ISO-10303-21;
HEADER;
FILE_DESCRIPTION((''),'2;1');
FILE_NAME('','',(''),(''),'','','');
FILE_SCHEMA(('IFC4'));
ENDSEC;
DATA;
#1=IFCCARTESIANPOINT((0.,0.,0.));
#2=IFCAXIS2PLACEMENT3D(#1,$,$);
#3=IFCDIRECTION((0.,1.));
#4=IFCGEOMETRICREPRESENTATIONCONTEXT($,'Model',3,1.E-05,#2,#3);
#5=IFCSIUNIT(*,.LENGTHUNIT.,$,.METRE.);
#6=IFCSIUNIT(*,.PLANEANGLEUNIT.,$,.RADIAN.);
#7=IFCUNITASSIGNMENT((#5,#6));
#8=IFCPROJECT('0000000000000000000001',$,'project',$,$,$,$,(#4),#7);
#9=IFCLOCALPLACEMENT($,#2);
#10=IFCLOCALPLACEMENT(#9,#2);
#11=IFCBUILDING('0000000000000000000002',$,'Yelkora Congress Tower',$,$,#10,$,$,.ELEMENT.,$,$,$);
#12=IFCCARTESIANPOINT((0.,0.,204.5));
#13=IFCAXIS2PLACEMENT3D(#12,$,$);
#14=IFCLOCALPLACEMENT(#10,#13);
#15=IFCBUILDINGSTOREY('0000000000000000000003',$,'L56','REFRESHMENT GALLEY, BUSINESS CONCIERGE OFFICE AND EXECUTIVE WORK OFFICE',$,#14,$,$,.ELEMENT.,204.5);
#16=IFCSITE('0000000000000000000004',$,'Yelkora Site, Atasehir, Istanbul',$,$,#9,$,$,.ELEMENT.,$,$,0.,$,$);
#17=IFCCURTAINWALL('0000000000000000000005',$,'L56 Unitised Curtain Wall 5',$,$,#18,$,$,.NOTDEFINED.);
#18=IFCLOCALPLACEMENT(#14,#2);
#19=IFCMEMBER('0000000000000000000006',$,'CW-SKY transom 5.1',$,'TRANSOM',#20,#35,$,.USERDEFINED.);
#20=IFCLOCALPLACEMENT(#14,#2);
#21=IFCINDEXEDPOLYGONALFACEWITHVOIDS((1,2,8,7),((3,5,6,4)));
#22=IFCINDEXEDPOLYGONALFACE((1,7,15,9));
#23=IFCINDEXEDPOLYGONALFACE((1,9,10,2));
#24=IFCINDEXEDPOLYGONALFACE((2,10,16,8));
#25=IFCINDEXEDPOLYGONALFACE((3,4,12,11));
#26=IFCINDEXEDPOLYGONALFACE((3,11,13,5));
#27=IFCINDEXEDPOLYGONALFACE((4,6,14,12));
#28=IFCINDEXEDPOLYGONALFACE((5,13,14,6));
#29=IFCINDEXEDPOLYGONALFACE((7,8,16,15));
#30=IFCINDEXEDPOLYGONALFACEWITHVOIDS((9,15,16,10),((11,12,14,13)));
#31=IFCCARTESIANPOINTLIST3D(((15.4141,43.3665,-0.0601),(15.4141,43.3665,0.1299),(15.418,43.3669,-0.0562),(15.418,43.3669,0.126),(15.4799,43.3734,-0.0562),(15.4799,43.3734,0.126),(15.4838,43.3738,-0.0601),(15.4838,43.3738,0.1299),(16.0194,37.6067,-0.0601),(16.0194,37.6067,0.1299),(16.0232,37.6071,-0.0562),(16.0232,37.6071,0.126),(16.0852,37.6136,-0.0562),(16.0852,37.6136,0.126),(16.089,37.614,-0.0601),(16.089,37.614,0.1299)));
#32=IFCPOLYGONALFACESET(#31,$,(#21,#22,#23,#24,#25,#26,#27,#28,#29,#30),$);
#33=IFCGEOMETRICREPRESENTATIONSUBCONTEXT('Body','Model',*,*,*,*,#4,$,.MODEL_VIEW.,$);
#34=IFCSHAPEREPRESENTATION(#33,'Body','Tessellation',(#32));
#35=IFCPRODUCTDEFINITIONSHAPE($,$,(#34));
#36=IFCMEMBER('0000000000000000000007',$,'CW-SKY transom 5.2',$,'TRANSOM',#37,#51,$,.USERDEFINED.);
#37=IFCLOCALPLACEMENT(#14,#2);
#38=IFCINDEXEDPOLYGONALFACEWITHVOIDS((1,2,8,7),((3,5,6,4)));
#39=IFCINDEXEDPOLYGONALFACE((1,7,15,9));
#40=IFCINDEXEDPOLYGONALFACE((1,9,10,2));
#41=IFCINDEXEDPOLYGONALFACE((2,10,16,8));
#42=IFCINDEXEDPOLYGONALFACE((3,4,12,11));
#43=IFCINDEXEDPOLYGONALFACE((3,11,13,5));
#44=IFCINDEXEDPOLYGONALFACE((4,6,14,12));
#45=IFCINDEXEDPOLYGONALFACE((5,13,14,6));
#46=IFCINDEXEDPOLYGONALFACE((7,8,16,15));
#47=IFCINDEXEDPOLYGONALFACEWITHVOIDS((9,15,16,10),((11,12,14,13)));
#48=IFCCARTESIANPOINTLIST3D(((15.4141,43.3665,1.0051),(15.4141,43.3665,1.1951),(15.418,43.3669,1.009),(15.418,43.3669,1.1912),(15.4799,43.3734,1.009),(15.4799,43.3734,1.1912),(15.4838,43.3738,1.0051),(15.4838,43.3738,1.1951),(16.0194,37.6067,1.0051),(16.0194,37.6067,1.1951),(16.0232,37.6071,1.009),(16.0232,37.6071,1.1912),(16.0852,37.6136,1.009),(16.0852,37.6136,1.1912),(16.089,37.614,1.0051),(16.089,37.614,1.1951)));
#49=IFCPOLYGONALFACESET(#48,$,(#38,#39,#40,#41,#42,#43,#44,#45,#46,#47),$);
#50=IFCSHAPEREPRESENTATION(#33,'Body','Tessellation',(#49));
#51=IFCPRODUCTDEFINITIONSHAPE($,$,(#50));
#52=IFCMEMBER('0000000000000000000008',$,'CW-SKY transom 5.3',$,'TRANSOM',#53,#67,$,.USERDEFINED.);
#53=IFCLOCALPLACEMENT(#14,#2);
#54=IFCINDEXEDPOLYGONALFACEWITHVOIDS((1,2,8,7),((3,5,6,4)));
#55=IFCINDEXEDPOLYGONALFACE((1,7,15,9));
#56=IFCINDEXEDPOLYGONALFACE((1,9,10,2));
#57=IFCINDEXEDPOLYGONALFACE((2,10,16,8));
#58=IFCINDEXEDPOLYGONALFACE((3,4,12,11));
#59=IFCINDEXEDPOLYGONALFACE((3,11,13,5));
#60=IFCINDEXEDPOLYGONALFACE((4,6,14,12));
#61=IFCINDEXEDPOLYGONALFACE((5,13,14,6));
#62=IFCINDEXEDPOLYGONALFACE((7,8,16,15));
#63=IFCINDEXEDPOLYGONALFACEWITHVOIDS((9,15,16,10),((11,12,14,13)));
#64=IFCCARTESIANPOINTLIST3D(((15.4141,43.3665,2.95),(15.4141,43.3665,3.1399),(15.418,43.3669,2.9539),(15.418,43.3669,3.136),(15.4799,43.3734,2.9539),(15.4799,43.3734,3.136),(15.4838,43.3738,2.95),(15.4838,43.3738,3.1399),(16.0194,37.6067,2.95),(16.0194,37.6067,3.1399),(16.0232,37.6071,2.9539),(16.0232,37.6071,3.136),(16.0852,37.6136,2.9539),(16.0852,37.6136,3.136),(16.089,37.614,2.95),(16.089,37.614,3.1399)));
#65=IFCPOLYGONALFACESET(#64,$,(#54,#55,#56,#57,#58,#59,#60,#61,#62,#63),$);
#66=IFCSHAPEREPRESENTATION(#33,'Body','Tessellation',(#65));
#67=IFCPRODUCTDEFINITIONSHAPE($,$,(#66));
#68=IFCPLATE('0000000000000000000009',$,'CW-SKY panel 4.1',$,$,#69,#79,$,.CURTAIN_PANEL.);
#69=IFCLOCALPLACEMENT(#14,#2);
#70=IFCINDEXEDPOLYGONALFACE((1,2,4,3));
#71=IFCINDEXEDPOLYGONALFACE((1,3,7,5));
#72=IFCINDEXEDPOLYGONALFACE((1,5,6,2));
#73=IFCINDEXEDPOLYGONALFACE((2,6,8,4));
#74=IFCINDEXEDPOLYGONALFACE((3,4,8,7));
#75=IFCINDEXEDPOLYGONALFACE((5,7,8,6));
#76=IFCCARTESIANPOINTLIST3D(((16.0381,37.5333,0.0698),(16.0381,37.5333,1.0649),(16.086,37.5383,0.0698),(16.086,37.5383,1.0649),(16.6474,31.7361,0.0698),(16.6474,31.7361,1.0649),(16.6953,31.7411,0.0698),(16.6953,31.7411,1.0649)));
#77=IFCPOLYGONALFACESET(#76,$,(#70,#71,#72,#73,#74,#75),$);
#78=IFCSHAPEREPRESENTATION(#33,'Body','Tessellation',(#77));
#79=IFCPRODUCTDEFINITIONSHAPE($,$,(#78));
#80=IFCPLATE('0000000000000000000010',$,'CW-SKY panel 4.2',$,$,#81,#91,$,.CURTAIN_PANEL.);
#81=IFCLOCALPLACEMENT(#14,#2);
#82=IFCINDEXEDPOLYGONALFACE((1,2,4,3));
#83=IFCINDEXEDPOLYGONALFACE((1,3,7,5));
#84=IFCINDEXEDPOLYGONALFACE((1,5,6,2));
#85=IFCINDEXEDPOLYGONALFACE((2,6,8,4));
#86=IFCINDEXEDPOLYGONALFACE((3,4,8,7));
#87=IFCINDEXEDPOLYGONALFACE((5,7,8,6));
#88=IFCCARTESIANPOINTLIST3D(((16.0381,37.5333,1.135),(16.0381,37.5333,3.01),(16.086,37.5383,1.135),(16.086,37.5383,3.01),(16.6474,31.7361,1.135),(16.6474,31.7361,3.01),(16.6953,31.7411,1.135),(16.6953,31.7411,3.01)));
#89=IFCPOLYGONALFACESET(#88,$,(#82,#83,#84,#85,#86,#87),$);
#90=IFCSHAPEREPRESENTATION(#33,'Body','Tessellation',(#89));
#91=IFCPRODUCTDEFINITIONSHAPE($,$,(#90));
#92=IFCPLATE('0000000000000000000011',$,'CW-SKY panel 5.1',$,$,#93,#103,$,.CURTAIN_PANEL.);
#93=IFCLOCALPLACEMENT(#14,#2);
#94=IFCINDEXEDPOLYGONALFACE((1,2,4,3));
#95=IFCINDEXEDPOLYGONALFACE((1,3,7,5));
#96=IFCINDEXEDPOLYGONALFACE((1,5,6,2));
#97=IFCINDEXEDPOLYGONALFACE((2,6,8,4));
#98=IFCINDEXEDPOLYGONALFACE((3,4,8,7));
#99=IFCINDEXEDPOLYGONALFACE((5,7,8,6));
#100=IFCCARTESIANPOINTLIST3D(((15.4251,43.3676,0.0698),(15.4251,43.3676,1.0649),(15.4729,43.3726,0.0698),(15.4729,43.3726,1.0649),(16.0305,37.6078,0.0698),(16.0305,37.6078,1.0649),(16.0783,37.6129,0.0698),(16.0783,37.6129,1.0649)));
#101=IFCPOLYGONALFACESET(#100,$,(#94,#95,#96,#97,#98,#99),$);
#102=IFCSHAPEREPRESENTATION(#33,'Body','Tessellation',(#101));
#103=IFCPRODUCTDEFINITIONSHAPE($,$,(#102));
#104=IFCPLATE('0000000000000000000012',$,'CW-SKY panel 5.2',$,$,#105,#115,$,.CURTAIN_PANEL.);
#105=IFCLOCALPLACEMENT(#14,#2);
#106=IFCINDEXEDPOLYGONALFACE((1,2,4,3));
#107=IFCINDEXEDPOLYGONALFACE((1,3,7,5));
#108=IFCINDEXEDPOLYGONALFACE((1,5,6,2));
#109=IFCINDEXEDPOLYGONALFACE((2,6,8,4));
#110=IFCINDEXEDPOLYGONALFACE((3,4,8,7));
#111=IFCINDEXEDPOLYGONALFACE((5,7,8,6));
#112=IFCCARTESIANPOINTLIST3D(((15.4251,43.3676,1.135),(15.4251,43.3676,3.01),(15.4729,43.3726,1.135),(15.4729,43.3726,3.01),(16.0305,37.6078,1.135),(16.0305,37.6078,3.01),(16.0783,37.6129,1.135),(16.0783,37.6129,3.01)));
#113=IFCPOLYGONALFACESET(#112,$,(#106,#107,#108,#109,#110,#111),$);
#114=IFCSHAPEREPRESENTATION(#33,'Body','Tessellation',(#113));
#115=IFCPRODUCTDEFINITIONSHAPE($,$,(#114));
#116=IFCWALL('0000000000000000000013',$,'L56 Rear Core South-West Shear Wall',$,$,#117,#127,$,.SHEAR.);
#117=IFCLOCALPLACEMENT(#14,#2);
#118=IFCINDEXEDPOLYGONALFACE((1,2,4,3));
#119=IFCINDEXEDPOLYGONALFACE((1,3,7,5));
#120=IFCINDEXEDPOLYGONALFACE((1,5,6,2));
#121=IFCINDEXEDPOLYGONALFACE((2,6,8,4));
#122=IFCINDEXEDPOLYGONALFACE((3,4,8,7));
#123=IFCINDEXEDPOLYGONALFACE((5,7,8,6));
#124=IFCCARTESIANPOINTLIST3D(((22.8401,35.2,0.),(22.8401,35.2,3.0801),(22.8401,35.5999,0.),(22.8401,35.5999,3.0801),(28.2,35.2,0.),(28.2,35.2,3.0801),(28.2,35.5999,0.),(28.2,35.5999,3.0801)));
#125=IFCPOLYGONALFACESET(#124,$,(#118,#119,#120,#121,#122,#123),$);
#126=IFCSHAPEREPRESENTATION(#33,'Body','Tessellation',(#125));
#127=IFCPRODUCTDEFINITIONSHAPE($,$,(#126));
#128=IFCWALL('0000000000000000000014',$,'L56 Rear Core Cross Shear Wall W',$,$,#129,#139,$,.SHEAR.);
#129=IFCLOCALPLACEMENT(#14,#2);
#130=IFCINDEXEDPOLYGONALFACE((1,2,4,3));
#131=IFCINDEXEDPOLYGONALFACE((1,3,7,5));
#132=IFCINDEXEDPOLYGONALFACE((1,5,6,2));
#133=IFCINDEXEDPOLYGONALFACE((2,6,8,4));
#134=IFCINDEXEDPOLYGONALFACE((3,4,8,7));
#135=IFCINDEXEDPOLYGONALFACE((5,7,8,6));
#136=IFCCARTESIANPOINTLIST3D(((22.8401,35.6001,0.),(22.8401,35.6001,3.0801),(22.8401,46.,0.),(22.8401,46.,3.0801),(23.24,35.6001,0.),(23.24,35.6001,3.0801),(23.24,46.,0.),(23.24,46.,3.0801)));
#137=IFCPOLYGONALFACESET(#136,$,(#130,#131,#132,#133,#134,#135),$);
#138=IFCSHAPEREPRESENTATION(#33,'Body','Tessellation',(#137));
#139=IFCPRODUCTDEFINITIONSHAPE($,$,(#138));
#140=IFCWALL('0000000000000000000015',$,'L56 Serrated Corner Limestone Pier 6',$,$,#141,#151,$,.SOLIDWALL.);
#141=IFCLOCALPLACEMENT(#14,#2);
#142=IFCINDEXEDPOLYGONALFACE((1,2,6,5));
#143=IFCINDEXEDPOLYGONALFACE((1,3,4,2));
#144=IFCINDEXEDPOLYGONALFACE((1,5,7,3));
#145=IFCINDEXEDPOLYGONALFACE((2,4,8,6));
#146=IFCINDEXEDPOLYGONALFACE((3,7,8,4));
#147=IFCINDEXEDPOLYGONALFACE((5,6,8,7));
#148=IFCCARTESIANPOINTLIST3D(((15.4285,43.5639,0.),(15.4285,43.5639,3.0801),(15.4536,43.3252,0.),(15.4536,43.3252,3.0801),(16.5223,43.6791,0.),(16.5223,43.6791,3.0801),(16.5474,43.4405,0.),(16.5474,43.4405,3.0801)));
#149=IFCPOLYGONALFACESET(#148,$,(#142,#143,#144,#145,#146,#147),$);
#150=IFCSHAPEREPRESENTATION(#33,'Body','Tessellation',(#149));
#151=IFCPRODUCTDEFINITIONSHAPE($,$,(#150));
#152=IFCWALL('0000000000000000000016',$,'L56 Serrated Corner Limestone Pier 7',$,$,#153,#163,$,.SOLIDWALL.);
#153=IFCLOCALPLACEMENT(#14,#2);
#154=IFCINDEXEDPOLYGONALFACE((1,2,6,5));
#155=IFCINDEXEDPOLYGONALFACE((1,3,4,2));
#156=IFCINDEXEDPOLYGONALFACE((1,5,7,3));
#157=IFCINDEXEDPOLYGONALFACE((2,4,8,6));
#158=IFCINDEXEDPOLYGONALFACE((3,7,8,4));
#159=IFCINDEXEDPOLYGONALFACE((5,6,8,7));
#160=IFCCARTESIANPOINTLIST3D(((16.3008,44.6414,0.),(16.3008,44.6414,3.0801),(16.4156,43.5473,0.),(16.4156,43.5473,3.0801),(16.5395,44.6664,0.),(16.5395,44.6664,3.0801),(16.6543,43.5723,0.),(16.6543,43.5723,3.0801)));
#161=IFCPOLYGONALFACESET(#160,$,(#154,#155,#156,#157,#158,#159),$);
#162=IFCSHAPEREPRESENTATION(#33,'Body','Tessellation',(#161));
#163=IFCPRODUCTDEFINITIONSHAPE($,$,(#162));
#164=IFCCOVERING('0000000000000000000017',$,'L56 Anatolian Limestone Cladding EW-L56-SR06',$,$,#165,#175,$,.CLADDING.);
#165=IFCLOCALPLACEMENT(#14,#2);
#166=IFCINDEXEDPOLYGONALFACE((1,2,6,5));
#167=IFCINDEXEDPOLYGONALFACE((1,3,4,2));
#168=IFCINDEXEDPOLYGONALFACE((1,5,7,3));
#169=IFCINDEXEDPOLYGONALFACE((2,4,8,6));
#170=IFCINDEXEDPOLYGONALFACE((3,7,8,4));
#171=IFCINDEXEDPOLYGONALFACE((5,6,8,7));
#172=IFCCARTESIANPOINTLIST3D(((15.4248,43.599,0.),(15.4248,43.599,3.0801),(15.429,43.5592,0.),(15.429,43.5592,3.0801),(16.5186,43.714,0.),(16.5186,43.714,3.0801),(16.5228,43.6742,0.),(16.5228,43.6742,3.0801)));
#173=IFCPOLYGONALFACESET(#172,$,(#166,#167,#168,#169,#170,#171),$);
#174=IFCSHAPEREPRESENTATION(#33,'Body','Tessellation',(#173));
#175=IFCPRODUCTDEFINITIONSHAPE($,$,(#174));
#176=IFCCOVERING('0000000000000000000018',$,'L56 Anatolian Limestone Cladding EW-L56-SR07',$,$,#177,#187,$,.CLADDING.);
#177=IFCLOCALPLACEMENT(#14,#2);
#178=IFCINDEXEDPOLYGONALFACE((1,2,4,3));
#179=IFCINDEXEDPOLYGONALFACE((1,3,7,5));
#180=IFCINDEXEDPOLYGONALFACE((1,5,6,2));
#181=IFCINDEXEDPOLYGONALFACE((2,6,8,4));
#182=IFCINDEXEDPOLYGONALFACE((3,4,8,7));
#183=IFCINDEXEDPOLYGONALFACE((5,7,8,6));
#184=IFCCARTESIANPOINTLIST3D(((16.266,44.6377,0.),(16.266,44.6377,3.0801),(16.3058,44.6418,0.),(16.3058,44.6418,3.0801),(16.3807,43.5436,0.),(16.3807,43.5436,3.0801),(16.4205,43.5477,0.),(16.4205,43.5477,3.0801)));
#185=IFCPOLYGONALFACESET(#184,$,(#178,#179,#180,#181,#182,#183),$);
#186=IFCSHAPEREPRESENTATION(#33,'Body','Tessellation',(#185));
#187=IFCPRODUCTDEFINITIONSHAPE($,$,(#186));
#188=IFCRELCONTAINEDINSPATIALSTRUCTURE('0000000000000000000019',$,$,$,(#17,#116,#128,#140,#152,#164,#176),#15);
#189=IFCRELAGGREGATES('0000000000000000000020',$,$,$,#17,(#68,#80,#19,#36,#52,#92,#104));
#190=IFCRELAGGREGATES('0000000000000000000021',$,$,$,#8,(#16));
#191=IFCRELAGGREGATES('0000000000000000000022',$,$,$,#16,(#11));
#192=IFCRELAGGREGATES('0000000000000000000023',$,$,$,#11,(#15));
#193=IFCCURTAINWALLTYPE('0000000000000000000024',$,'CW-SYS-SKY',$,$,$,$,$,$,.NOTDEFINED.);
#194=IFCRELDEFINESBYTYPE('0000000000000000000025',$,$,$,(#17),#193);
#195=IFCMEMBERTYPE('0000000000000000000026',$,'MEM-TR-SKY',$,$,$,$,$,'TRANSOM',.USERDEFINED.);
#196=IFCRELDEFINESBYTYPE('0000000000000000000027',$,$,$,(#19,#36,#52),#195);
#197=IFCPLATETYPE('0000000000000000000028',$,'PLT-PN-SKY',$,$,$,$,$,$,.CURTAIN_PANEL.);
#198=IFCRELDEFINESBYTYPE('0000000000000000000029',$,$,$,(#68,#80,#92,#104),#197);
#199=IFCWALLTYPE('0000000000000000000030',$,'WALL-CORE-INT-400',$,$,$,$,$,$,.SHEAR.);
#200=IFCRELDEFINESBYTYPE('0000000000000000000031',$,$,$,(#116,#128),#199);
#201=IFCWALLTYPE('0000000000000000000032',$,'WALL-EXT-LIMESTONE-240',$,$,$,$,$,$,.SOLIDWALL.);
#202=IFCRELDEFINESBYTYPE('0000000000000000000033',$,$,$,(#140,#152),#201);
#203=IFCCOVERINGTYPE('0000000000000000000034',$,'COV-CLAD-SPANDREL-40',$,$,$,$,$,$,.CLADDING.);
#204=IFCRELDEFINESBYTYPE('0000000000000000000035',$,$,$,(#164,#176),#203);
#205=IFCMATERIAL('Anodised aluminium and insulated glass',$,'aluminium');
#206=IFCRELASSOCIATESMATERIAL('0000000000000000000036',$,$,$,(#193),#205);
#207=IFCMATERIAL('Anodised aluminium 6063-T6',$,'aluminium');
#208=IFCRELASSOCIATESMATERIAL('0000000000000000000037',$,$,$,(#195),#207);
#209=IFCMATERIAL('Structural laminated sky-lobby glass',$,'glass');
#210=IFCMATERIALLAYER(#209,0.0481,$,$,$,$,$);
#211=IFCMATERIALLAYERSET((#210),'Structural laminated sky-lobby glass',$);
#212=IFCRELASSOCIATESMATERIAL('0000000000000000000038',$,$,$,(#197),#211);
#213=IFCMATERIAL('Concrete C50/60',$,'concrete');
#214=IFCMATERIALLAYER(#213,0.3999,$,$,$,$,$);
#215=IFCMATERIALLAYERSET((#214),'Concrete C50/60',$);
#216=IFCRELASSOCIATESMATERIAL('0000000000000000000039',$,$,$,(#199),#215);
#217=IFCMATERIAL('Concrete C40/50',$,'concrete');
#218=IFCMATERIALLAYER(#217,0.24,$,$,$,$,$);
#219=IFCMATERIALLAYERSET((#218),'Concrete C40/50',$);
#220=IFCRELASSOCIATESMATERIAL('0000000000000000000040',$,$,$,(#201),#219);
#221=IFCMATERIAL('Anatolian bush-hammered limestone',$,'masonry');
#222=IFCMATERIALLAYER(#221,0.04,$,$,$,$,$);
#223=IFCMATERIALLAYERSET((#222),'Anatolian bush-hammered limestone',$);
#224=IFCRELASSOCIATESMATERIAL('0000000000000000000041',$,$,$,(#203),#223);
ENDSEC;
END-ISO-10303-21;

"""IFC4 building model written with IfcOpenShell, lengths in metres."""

from ifc_helpers import new_model, si_unit, direction, frame, frame_2d, origin, origin_2d, place, context, subcontext, project, spatial, rectangle, hollow_rectangle, extrude, material, layer, layer_set, material_profile, profile_set, type_object, element, aggregate, save


model = new_model("IFC4")

# Units and contexts
model_context = context("Model", 3, precision=1e-05, world=origin(), true_north=direction((0.0, 1.0)))
body_context = subcontext(model_context, "Body", "Model", "MODEL_VIEW")
ifc_project = project(units=[si_unit("LENGTHUNIT", "METRE"), si_unit("PLANEANGLEUNIT", "RADIAN")], contexts=[model_context])

# Site, building, storey
site_placement = place(None, origin())
site = spatial("IfcSite", under=ifc_project, at=site_placement, Name="Yelkora Site, Atasehir, Istanbul", CompositionType="ELEMENT", RefElevation=0.0)
building_placement = place(site_placement, origin())
building = spatial("IfcBuilding", under=site, at=building_placement, Name="Yelkora Congress Tower", CompositionType="ELEMENT")
storey_placement = place(building_placement, frame((0.0, 0.0, 204.5)))
storey = spatial("IfcBuildingStorey", under=building, at=storey_placement, Name="L56", Description="REFRESHMENT GALLEY, BUSINESS CONCIERGE OFFICE AND EXECUTIVE WORK OFFICE", CompositionType="ELEMENT", Elevation=204.5)

# Curtain wall, members, plates
ifc_material_1 = material(Name="Anodised aluminium and insulated glass", Category="aluminium")
curtain_wall_type = type_object("IfcCurtainWallType", Name="CW-SYS-SKY", PredefinedType="NOTDEFINED", material=ifc_material_1)
curtain_wall_placement = place(storey_placement, origin())
curtain_wall = element("IfcCurtainWall", 1, at=curtain_wall_placement, inside=storey, type_object=curtain_wall_type, Name="L56 Unitised Curtain Wall 5", PredefinedType="NOTDEFINED")
ifc_material_2 = material(Name="Anodised aluminium 6063-T6", Category="aluminium")
ifc_material_profile_1 = material_profile(ifc_material_2, hollow_rectangle(XDim=0.0701, YDim=0.1899, WallThickness=0.0039, at=origin_2d()), Name="ALU 70x190x4")
ifc_profile_set_1 = profile_set([ifc_material_profile_1], Name="Anodised aluminium 6063-T6")
member_type_1 = type_object("IfcMemberType", Name="MEM-TR-SKY", ElementType="TRANSOM", PredefinedType="USERDEFINED", material=ifc_profile_set_1)
member_1_placement = place(storey_placement, frame((16.0542, 37.6104, 0.0349), z_axis=(-0.104503, 0.994525, 0.0), x_axis=(-0.994525, -0.104503, 0.0)))
member_1 = element("IfcMember", 2, at=member_1_placement, type_object=member_type_1, Name="CW-SKY transom 5.1", ObjectType="TRANSOM", PredefinedType="USERDEFINED", context=body_context, shape_type="SweptSolid", body=[
    extrude(hollow_rectangle(XDim=0.0701, YDim=0.1899, WallThickness=0.0039, at=origin_2d()), origin(), (0.0, 0.0, 1.0), 5.7915),
])
member_2_placement = place(storey_placement, frame((16.0542, 37.6104, 1.1001), z_axis=(-0.104503, 0.994525, 0.0), x_axis=(-0.994525, -0.104503, 0.0)))
member_2 = element("IfcMember", 3, at=member_2_placement, type_object=member_type_1, Name="CW-SKY transom 5.2", ObjectType="TRANSOM", PredefinedType="USERDEFINED", context=body_context, shape_type="SweptSolid", body=[
    extrude(hollow_rectangle(XDim=0.0701, YDim=0.1899, WallThickness=0.0039, at=origin_2d()), origin(), (0.0, 0.0, 1.0), 5.7915),
])
member_3_placement = place(storey_placement, frame((16.0542, 37.6104, 3.0449), z_axis=(-0.104503, 0.994525, 0.0), x_axis=(-0.994525, -0.104503, 0.0)))
member_3 = element("IfcMember", 4, at=member_3_placement, type_object=member_type_1, Name="CW-SKY transom 5.3", ObjectType="TRANSOM", PredefinedType="USERDEFINED", context=body_context, shape_type="SweptSolid", body=[
    extrude(hollow_rectangle(XDim=0.0701, YDim=0.1899, WallThickness=0.0039, at=origin_2d()), origin(), (0.0, 0.0, 1.0), 5.7915),
])
ifc_material_3 = material(Name="Structural laminated sky-lobby glass", Category="glass")
ifc_layer_1 = layer(ifc_material_3, 0.0481)
ifc_layer_set_1 = layer_set([ifc_layer_1], Name="Structural laminated sky-lobby glass")
plate_type = type_object("IfcPlateType", Name="PLT-PN-SKY", PredefinedType="CURTAIN_PANEL", material=ifc_layer_set_1)
plate_1_placement = place(storey_placement, frame((16.3667, 34.6372, 0.0698), z_axis=(0.0, 0.0, 1.0), x_axis=(-0.104526, 0.994522, 0.0)))
plate_1 = element("IfcPlate", 5, at=plate_1_placement, type_object=plate_type, Name="CW-SKY panel 4.1", PredefinedType="CURTAIN_PANEL", context=body_context, shape_type="SweptSolid", body=[
    extrude(rectangle(XDim=5.8291, YDim=0.0481, at=origin_2d()), origin(), (0.0, 0.0, 1.0), 0.9951),
])
plate_2_placement = place(storey_placement, frame((16.3667, 34.6372, 1.135), z_axis=(0.0, 0.0, 1.0), x_axis=(-0.104526, 0.994522, 0.0)))
plate_2 = element("IfcPlate", 6, at=plate_2_placement, type_object=plate_type, Name="CW-SKY panel 4.2", PredefinedType="CURTAIN_PANEL", context=body_context, shape_type="SweptSolid", body=[
    extrude(rectangle(XDim=5.8291, YDim=0.0481, at=origin_2d()), origin(), (0.0, 0.0, 1.0), 1.875),
])
plate_3_placement = place(storey_placement, frame((15.7517, 40.4902, 0.0698), z_axis=(0.0, 0.0, 1.0), x_axis=(-0.104526, 0.994522, 0.0)))
plate_3 = element("IfcPlate", 7, at=plate_3_placement, type_object=plate_type, Name="CW-SKY panel 5.1", PredefinedType="CURTAIN_PANEL", context=body_context, shape_type="SweptSolid", body=[
    extrude(rectangle(XDim=5.7915, YDim=0.0481, at=origin_2d()), origin(), (0.0, 0.0, 1.0), 0.9951),
])
plate_4_placement = place(storey_placement, frame((15.7517, 40.4902, 1.135), z_axis=(0.0, 0.0, 1.0), x_axis=(-0.104526, 0.994522, 0.0)))
plate_4 = element("IfcPlate", 8, at=plate_4_placement, type_object=plate_type, Name="CW-SKY panel 5.2", PredefinedType="CURTAIN_PANEL", context=body_context, shape_type="SweptSolid", body=[
    extrude(rectangle(XDim=5.7915, YDim=0.0481, at=origin_2d()), origin(), (0.0, 0.0, 1.0), 1.875),
])
aggregate(curtain_wall, [plate_1, plate_2, member_1, member_2, member_3, plate_3, plate_4])

# Walls
ifc_material_4 = material(Name="Concrete C50/60", Category="concrete")
ifc_layer_2 = layer(ifc_material_4, 0.3999)
ifc_layer_set_2 = layer_set([ifc_layer_2], Name="Concrete C50/60")
wall_type_1 = type_object("IfcWallType", Name="WALL-CORE-INT-400", PredefinedType="SHEAR", material=ifc_layer_set_2)
wall_1_placement = place(storey_placement, frame((22.8401, 35.3999, 0.0), z_axis=(0.0, 0.0, 1.0), x_axis=(1.0, 0.0, 0.0)))
element("IfcWall", 9, at=wall_1_placement, inside=storey, type_object=wall_type_1, Name="L56 Rear Core South-West Shear Wall", PredefinedType="SHEAR", context=body_context, shape_type="SweptSolid", body=[
    extrude(rectangle(XDim=5.3599, YDim=0.3999, at=frame_2d((2.6799, 0.0))), origin(), (0.0, 0.0, 1.0), 3.0801),
])
wall_2_placement = place(storey_placement, frame((23.04, 35.6001, 0.0), z_axis=(0.0, 0.0, 1.0), x_axis=(0.0, 1.0, 0.0)))
element("IfcWall", 10, at=wall_2_placement, inside=storey, type_object=wall_type_1, Name="L56 Rear Core Cross Shear Wall W", PredefinedType="SHEAR", context=body_context, shape_type="SweptSolid", body=[
    extrude(rectangle(XDim=10.3999, YDim=0.3999, at=frame_2d((5.2, 0.0))), origin(), (0.0, 0.0, 1.0), 3.0801),
])
ifc_material_5 = material(Name="Concrete C40/50", Category="concrete")
ifc_layer_3 = layer(ifc_material_5, 0.24)
ifc_layer_set_3 = layer_set([ifc_layer_3], Name="Concrete C40/50")
wall_type_2 = type_object("IfcWallType", Name="WALL-EXT-LIMESTONE-240", PredefinedType="SOLIDWALL", material=ifc_layer_set_3)
wall_3_placement = place(storey_placement, frame((15.4412, 43.4446, 0.0), z_axis=(0.0, 0.0, 1.0), x_axis=(0.994496, 0.104777, 0.0)))
element("IfcWall", 11, at=wall_3_placement, inside=storey, type_object=wall_type_2, Name="L56 Serrated Corner Limestone Pier 6", PredefinedType="SOLIDWALL", context=body_context, shape_type="SweptSolid", body=[
    extrude(rectangle(XDim=1.0999, YDim=0.24, at=frame_2d((0.5498, 0.0))), origin(), (0.0, 0.0, 1.0), 3.0801),
])
wall_4_placement = place(storey_placement, frame((16.5349, 43.5598, 0.0), z_axis=(0.0, 0.0, 1.0), x_axis=(-0.104315, 0.994544, 0.0)))
element("IfcWall", 12, at=wall_4_placement, inside=storey, type_object=wall_type_2, Name="L56 Serrated Corner Limestone Pier 7", PredefinedType="SOLIDWALL", context=body_context, shape_type="SweptSolid", body=[
    extrude(rectangle(XDim=1.1001, YDim=0.24, at=frame_2d((0.55, 0.0))), origin(), (0.0, 0.0, 1.0), 3.0801),
])

# Coverings
ifc_material_6 = material(Name="Anatolian bush-hammered limestone", Category="masonry")
ifc_layer_4 = layer(ifc_material_6, 0.04)
ifc_layer_set_4 = layer_set([ifc_layer_4], Name="Anatolian bush-hammered limestone")
covering_type = type_object("IfcCoveringType", Name="COV-CLAD-SPANDREL-40", PredefinedType="CLADDING", material=ifc_layer_set_4)
covering_1_placement = place(storey_placement, frame((15.427, 43.5791, 0.0), z_axis=(0.0, 0.0, 1.0), x_axis=(0.994519, 0.104558, 0.0)))
element("IfcCovering", 13, at=covering_1_placement, inside=storey, type_object=covering_type, Name="L56 Anatolian Limestone Cladding EW-L56-SR06", PredefinedType="CLADDING", context=body_context, shape_type="SweptSolid", body=[
    extrude(rectangle(XDim=1.0999, YDim=0.04, at=frame_2d((0.5498, 0.0))), origin(), (0.0, 0.0, 1.0), 3.0801),
])
covering_2_placement = place(storey_placement, frame((16.4006, 43.5457, 0.0), z_axis=(0.0, 0.0, 1.0), x_axis=(-0.104315, 0.994544, 0.0)))
element("IfcCovering", 14, at=covering_2_placement, inside=storey, type_object=covering_type, Name="L56 Anatolian Limestone Cladding EW-L56-SR07", PredefinedType="CLADDING", context=body_context, shape_type="SweptSolid", body=[
    extrude(rectangle(XDim=1.1001, YDim=0.04, at=frame_2d((0.55, 0.0))), origin(), (0.0, 0.0, 1.0), 3.0801),
])

save(model, "model.ifc")
